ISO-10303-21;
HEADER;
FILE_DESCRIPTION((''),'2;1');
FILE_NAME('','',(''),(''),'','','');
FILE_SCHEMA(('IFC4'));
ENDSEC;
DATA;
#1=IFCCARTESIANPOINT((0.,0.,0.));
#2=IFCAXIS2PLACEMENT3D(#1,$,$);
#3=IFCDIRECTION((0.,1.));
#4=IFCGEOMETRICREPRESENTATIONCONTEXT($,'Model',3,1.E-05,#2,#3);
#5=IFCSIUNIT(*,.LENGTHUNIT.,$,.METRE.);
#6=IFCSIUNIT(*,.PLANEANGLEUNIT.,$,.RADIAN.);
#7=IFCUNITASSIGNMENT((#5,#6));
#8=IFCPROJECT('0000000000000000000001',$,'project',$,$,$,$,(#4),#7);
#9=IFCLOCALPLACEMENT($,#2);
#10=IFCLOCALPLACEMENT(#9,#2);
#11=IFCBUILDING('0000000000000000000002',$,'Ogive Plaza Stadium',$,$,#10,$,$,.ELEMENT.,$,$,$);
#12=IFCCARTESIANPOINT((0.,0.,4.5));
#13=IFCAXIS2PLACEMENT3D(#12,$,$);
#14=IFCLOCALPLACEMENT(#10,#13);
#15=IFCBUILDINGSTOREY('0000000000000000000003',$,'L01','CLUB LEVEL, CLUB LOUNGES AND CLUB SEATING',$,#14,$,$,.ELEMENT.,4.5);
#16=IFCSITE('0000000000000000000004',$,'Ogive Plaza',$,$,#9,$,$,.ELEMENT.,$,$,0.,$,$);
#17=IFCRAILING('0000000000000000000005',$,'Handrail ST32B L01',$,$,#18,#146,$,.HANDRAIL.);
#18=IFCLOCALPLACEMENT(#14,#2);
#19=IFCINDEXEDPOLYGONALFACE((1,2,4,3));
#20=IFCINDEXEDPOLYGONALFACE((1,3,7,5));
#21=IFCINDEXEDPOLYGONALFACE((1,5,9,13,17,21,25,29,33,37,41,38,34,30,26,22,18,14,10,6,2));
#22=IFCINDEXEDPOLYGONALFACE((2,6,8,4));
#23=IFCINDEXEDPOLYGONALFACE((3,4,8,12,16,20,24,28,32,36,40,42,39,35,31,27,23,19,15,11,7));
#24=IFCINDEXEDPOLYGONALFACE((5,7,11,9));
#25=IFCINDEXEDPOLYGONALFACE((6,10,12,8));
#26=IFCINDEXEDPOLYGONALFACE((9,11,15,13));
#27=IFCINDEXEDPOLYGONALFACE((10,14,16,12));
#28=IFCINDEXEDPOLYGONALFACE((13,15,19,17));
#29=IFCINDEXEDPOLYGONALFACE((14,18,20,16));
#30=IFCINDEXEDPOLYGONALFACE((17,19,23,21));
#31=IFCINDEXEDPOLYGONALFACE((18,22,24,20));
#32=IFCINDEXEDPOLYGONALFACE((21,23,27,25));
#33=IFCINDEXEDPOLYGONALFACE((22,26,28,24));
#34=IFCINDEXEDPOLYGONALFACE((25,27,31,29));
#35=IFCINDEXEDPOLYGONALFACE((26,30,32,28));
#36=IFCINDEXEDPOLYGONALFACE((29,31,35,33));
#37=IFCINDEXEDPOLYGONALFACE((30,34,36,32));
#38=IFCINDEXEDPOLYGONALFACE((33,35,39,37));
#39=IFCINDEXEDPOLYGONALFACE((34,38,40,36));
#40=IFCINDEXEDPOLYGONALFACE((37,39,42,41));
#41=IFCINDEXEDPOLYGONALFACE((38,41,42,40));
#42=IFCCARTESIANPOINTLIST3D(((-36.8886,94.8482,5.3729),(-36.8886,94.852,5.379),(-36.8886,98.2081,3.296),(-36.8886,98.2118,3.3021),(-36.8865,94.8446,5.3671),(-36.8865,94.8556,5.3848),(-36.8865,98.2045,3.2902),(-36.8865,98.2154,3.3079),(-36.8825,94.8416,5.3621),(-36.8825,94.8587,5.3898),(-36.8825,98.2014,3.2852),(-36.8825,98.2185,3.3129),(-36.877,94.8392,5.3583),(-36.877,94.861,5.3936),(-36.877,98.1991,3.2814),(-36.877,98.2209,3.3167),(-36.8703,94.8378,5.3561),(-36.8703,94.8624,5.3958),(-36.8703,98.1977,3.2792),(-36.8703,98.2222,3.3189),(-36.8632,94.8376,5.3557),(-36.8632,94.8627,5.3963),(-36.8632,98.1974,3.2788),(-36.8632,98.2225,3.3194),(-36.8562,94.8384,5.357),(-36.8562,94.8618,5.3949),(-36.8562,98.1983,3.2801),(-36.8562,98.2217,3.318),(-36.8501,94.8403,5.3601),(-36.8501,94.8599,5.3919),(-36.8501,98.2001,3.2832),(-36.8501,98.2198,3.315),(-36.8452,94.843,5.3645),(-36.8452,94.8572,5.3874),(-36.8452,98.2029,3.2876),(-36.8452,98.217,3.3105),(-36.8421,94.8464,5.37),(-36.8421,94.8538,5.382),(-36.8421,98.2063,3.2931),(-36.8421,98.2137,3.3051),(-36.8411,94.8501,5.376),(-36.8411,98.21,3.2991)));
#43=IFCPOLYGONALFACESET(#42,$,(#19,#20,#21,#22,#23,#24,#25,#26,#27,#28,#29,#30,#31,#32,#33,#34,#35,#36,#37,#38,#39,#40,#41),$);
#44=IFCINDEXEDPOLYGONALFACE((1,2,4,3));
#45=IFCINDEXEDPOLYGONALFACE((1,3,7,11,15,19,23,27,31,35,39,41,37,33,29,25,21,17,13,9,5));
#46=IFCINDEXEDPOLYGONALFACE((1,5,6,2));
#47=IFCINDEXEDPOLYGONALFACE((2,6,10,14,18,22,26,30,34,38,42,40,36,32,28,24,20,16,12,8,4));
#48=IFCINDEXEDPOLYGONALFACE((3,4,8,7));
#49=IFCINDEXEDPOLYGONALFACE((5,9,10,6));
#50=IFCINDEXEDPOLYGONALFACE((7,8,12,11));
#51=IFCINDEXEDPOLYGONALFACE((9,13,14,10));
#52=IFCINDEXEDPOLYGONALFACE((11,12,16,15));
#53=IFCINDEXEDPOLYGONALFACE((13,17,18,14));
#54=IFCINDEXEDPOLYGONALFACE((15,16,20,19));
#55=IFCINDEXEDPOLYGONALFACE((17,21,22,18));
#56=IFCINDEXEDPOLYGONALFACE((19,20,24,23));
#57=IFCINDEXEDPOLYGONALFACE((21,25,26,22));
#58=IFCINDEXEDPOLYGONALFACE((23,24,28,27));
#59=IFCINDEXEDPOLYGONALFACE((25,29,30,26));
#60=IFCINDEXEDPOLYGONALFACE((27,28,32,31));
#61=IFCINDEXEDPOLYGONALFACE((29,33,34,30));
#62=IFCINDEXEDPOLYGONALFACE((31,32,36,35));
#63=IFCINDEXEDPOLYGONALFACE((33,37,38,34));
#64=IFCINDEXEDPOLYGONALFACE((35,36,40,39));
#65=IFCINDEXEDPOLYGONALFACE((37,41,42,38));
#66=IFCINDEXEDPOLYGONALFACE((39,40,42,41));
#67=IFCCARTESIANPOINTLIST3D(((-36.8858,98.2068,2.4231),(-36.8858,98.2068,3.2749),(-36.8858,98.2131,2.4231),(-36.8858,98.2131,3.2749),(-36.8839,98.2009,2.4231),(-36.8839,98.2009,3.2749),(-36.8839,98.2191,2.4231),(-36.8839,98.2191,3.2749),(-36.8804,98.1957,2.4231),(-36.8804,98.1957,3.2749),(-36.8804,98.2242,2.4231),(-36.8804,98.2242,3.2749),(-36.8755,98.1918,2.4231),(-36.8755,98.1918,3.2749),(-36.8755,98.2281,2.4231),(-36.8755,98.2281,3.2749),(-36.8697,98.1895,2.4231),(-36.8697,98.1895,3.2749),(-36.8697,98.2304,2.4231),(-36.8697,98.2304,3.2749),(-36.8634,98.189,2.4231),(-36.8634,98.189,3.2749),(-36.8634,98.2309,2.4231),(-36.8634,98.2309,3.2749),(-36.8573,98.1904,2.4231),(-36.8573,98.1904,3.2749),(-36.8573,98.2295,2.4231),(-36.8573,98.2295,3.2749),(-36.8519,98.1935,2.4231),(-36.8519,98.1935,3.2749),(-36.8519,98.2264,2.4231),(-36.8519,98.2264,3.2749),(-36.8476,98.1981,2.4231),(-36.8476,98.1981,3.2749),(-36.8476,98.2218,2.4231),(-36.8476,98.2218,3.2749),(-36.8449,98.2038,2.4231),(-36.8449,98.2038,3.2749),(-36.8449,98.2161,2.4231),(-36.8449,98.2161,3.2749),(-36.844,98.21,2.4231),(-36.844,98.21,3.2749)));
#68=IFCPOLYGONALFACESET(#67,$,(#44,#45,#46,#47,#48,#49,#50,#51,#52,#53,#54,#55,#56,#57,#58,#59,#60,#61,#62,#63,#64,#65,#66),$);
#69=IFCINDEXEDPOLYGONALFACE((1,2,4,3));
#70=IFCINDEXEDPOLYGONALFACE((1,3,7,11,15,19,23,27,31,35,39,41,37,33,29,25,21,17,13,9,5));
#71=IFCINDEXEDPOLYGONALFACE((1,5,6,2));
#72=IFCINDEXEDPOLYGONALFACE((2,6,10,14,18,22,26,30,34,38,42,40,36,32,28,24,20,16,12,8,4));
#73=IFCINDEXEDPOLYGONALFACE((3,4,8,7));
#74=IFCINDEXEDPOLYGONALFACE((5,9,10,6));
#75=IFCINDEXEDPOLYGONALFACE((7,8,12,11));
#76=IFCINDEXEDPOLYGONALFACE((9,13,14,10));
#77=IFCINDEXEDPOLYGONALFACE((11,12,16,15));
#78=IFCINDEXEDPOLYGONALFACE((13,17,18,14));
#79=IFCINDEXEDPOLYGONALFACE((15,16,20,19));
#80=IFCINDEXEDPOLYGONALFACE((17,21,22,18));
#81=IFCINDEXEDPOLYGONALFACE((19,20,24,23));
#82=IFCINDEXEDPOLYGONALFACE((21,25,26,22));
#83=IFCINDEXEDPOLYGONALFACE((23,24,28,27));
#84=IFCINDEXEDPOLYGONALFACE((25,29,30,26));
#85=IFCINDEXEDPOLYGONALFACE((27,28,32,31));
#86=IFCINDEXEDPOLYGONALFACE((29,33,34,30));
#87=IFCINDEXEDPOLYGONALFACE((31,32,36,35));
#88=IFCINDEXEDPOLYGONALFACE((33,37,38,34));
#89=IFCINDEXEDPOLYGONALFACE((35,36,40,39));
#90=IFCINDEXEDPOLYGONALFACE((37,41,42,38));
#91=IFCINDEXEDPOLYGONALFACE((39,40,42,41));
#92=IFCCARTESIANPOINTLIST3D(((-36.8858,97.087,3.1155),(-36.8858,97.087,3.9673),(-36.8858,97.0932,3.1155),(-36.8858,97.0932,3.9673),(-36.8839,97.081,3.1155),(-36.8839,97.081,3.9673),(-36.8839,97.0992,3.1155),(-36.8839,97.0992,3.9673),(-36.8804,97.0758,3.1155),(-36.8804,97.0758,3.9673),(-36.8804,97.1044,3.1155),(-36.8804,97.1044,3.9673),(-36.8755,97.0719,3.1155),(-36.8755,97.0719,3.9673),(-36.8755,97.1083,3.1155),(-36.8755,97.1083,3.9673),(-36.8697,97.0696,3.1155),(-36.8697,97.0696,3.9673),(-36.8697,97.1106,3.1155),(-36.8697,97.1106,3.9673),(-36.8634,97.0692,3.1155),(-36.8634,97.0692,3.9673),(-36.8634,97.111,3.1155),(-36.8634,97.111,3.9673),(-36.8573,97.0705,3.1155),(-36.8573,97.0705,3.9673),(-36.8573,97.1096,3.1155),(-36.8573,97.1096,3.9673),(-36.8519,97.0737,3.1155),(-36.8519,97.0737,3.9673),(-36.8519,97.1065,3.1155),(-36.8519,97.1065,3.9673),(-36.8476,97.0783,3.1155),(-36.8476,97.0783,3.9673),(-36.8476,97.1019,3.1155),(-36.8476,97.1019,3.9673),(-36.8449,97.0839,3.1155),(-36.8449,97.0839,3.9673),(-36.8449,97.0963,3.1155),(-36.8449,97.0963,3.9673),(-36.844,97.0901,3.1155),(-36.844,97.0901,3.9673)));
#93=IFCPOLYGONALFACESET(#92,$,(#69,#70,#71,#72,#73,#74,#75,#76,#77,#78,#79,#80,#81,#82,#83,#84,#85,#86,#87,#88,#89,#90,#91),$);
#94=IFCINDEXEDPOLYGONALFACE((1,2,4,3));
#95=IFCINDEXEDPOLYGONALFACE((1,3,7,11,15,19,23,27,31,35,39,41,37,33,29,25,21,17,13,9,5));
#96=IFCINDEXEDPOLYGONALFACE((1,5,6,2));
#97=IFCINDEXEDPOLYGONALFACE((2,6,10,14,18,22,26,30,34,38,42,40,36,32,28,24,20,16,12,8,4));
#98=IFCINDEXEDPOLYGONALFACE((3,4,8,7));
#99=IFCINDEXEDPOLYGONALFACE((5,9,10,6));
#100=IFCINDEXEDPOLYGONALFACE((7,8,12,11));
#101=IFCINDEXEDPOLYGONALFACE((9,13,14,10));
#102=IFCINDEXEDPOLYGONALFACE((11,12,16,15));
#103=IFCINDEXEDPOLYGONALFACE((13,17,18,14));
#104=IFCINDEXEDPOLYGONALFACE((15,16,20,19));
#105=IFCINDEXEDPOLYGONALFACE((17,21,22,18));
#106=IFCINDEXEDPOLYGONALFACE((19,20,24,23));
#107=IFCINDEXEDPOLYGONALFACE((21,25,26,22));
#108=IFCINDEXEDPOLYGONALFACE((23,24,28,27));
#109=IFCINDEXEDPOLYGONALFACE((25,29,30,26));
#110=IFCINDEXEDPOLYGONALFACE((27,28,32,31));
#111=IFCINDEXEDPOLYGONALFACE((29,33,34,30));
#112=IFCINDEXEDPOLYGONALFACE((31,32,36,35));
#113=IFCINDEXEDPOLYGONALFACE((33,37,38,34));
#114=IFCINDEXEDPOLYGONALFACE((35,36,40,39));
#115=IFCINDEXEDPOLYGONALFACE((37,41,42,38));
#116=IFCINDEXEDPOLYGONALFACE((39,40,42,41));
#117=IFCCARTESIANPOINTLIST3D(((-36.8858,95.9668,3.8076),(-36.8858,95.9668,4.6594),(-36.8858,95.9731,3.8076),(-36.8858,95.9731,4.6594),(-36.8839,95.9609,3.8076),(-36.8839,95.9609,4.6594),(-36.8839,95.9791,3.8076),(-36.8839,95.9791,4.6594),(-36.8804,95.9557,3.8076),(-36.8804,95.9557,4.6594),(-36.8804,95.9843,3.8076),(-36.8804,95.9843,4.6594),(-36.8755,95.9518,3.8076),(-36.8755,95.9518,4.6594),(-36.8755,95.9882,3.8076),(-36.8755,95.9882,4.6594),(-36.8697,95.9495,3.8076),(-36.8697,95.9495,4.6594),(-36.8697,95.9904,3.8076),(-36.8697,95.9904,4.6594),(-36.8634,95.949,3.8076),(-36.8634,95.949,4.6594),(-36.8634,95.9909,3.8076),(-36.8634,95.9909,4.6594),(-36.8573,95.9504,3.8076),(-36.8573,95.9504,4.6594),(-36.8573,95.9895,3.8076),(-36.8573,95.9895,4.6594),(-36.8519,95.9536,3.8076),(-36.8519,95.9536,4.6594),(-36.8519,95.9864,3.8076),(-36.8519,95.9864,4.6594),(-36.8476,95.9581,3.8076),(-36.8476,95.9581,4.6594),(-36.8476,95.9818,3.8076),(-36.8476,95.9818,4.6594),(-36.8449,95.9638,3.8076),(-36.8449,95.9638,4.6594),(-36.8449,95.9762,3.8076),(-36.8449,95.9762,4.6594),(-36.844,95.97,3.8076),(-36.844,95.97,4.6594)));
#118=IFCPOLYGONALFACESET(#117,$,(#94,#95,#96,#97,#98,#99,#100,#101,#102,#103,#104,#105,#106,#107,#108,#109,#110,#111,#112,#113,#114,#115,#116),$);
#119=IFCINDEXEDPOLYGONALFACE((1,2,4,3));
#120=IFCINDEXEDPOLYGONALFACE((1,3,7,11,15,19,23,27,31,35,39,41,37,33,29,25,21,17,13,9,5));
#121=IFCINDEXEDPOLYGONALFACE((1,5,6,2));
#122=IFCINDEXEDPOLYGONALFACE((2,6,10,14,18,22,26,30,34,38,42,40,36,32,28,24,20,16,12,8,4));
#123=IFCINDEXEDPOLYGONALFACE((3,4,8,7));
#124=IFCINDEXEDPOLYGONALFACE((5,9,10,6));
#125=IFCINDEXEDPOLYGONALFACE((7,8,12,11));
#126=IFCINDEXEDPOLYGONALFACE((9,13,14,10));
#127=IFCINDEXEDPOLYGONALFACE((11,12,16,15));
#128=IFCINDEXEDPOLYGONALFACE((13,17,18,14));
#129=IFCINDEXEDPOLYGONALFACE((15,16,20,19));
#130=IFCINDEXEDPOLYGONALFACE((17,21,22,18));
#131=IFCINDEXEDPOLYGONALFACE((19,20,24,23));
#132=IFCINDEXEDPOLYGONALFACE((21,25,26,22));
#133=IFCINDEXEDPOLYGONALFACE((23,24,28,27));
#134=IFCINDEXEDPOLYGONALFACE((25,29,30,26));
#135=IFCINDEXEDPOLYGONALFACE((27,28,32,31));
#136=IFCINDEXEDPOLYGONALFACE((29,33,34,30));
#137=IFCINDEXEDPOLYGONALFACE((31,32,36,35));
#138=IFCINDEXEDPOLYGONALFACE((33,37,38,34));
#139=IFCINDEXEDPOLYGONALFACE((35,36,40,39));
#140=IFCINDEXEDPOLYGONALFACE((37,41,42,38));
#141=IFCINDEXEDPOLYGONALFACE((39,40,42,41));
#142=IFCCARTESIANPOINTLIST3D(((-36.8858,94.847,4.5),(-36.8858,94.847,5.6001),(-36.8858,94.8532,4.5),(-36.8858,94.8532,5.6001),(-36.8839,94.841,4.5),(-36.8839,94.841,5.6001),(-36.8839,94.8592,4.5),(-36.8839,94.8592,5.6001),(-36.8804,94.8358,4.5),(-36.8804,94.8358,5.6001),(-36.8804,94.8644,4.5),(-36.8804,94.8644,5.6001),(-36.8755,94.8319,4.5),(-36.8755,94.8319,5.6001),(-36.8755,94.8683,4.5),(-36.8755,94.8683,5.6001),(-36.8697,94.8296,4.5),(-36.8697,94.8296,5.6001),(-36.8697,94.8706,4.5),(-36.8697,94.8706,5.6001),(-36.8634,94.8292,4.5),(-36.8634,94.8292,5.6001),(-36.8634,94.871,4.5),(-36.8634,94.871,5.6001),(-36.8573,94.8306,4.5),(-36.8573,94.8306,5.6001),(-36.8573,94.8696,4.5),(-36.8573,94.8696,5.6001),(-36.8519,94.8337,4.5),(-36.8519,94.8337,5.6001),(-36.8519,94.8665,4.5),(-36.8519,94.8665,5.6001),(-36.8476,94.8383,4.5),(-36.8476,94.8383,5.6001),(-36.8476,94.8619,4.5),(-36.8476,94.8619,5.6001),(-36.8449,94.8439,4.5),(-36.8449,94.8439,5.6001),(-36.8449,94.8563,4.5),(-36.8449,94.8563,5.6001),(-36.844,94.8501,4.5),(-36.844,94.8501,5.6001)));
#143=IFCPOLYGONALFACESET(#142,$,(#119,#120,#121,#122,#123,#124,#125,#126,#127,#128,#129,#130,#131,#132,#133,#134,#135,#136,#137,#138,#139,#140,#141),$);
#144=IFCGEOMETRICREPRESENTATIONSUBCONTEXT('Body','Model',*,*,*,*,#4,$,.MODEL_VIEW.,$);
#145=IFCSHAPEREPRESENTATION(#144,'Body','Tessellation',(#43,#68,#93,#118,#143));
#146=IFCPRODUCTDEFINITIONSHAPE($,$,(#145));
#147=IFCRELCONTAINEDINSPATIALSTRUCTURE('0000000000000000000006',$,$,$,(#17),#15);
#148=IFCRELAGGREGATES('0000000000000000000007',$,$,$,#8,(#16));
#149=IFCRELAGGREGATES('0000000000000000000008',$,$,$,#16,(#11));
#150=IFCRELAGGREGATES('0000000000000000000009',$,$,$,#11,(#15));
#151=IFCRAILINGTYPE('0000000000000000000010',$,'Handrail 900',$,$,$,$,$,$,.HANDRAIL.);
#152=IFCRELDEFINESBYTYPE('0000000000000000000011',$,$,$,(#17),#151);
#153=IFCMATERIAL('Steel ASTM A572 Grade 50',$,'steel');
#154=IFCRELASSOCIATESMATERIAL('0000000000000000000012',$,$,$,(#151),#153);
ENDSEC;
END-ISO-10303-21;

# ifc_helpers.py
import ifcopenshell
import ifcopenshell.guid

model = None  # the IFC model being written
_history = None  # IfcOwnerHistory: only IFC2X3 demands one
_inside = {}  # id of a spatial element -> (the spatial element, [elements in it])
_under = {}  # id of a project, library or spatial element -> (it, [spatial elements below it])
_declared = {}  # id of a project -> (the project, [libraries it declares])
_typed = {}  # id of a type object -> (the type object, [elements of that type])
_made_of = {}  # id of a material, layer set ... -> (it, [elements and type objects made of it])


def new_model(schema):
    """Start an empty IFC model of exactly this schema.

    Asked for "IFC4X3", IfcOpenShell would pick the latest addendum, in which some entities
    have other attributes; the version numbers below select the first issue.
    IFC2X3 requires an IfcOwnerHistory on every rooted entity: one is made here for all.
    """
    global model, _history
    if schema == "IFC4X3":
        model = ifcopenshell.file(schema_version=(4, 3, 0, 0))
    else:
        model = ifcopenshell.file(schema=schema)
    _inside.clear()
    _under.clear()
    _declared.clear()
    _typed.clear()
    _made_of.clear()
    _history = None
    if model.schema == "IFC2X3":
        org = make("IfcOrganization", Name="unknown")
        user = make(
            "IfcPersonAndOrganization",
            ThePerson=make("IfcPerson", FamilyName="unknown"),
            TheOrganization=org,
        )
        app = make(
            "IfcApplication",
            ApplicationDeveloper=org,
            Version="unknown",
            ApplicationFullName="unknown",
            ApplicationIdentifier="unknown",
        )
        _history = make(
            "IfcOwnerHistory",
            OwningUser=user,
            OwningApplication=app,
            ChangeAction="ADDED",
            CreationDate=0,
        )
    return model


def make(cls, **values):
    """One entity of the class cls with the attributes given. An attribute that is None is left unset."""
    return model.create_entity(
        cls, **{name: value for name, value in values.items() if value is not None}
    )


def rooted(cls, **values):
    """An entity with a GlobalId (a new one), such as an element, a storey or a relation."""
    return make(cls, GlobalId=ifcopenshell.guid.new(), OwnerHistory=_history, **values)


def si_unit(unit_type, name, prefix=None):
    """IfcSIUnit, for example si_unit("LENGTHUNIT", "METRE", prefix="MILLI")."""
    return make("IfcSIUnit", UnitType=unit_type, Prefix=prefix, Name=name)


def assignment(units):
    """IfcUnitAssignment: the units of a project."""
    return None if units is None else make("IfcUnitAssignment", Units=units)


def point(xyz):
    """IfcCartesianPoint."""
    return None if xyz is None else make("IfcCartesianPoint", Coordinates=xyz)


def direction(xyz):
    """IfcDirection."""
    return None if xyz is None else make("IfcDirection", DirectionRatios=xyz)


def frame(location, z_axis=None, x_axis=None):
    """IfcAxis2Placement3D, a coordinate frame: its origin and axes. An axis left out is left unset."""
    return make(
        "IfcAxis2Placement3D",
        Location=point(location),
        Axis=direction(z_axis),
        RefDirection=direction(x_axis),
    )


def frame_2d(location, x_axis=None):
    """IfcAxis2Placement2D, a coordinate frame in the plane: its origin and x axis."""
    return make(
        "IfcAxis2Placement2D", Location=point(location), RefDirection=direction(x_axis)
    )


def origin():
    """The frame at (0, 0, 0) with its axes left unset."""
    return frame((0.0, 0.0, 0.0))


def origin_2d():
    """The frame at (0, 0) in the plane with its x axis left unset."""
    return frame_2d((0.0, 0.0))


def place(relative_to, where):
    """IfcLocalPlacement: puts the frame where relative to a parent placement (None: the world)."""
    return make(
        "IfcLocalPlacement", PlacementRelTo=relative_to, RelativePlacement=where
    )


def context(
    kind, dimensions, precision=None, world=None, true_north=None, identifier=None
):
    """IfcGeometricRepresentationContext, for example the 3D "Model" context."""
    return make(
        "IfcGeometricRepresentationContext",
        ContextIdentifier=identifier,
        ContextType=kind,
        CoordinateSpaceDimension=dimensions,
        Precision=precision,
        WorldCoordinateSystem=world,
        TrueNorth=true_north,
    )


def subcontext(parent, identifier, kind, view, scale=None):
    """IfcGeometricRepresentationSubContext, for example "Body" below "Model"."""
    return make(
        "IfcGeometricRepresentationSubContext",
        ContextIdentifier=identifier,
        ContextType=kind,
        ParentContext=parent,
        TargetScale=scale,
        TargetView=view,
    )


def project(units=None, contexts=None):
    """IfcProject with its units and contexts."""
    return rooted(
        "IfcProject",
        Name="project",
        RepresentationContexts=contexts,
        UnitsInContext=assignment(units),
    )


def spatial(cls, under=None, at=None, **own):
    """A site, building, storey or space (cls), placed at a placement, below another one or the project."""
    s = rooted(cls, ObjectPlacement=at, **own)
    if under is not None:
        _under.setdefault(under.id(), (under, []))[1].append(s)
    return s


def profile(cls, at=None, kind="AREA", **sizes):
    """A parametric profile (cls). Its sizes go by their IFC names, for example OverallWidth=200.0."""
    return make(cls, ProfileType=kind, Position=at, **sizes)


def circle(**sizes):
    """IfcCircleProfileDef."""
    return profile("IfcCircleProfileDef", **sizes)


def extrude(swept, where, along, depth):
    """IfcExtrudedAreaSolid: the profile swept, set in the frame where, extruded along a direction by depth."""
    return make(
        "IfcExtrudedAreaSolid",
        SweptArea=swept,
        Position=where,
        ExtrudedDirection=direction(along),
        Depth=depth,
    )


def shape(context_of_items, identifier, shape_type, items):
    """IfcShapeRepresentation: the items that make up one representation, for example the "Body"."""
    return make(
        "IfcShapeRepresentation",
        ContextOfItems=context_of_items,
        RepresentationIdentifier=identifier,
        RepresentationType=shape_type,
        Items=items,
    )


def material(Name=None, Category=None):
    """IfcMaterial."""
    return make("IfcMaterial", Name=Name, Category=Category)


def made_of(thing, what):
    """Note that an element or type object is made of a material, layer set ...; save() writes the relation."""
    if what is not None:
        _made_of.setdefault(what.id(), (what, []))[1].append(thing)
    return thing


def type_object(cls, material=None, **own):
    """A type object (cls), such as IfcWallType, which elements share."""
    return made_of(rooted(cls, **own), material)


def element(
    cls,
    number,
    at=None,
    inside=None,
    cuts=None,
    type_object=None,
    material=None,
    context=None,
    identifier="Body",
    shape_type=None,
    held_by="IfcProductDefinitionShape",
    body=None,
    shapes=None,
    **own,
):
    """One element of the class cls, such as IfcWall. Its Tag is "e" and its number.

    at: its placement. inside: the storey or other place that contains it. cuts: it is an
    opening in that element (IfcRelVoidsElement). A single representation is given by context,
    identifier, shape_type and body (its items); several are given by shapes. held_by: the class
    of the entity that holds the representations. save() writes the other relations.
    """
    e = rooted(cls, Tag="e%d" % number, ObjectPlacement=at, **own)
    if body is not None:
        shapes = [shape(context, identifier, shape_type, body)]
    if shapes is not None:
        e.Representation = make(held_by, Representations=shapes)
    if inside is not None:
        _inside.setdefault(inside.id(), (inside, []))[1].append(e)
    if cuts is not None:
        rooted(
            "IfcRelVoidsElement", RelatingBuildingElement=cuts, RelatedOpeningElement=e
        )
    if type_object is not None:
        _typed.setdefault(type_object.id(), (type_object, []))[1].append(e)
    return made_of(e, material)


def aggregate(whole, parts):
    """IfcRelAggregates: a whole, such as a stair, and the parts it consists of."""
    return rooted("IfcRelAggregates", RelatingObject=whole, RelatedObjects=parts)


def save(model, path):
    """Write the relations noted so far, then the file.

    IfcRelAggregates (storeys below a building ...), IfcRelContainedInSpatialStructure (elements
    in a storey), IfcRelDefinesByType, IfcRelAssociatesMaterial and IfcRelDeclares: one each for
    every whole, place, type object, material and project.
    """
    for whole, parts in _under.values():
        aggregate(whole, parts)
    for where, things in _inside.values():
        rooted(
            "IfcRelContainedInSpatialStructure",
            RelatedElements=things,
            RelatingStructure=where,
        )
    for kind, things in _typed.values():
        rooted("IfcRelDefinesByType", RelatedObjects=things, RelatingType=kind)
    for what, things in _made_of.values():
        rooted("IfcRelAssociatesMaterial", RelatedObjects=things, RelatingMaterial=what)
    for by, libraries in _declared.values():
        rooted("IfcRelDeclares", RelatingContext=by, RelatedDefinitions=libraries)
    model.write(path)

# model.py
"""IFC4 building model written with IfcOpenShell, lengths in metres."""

from ifc_helpers import new_model, si_unit, direction, frame, origin, origin_2d, place, context, subcontext, project, spatial, circle, extrude, material, type_object, element, save


model = new_model("IFC4")

# Units and contexts
model_context = context("Model", 3, precision=1e-05, world=origin(), true_north=direction((0.0, 1.0)))
body_context = subcontext(model_context, "Body", "Model", "MODEL_VIEW")
ifc_project = project(units=[si_unit("LENGTHUNIT", "METRE"), si_unit("PLANEANGLEUNIT", "RADIAN")], contexts=[model_context])

# Site, building, storey
site_placement = place(None, origin())
site = spatial("IfcSite", under=ifc_project, at=site_placement, Name="Ogive Plaza", CompositionType="ELEMENT", RefElevation=0.0)
building_placement = place(site_placement, origin())
building = spatial("IfcBuilding", under=site, at=building_placement, Name="Ogive Plaza Stadium", CompositionType="ELEMENT")
storey_placement = place(building_placement, frame((0.0, 0.0, 4.5)))
storey = spatial("IfcBuildingStorey", under=building, at=storey_placement, Name="L01", Description="CLUB LEVEL, CLUB LOUNGES AND CLUB SEATING", CompositionType="ELEMENT", Elevation=4.5)

# Railing
ifc_material_1 = material(Name="Steel ASTM A572 Grade 50", Category="steel")
railing_type_1 = type_object("IfcRailingType", Name="Handrail 900", PredefinedType="HANDRAIL", material=ifc_material_1)
for number, where, name in (
    (1, (-36.865, 98.21, 2.4231), "Handrail ST32B L01"),
):
    element("IfcRailing", number, at=place(storey_placement, frame(where)), inside=storey, type_object=railing_type_1, Name=name, PredefinedType="HANDRAIL", context=body_context, shape_type="SweptSolid", body=[
        extrude(circle(Radius=0.0239, at=origin_2d()), frame((0.0, 0.0, 0.876), z_axis=(0.0, -0.850606, 0.525803), x_axis=(1.0, 0.0, 0.0)), (0.0, 0.0, 1.0), 3.95),
        extrude(circle(Radius=0.021, at=origin_2d()), origin(), (0.0, 0.0, 1.0), 0.8518),
        extrude(circle(Radius=0.021, at=origin_2d()), frame((0.0, -1.1199, 0.6924)), (0.0, 0.0, 1.0), 0.8518),
        extrude(circle(Radius=0.021, at=origin_2d()), frame((0.0, -2.24, 1.3845)), (0.0, 0.0, 1.0), 0.8518),
        extrude(circle(Radius=0.021, at=origin_2d()), frame((0.0, -3.3599, 2.0769)), (0.0, 0.0, 1.0), 1.1001),
    ])

save(model, "model.ifc")
